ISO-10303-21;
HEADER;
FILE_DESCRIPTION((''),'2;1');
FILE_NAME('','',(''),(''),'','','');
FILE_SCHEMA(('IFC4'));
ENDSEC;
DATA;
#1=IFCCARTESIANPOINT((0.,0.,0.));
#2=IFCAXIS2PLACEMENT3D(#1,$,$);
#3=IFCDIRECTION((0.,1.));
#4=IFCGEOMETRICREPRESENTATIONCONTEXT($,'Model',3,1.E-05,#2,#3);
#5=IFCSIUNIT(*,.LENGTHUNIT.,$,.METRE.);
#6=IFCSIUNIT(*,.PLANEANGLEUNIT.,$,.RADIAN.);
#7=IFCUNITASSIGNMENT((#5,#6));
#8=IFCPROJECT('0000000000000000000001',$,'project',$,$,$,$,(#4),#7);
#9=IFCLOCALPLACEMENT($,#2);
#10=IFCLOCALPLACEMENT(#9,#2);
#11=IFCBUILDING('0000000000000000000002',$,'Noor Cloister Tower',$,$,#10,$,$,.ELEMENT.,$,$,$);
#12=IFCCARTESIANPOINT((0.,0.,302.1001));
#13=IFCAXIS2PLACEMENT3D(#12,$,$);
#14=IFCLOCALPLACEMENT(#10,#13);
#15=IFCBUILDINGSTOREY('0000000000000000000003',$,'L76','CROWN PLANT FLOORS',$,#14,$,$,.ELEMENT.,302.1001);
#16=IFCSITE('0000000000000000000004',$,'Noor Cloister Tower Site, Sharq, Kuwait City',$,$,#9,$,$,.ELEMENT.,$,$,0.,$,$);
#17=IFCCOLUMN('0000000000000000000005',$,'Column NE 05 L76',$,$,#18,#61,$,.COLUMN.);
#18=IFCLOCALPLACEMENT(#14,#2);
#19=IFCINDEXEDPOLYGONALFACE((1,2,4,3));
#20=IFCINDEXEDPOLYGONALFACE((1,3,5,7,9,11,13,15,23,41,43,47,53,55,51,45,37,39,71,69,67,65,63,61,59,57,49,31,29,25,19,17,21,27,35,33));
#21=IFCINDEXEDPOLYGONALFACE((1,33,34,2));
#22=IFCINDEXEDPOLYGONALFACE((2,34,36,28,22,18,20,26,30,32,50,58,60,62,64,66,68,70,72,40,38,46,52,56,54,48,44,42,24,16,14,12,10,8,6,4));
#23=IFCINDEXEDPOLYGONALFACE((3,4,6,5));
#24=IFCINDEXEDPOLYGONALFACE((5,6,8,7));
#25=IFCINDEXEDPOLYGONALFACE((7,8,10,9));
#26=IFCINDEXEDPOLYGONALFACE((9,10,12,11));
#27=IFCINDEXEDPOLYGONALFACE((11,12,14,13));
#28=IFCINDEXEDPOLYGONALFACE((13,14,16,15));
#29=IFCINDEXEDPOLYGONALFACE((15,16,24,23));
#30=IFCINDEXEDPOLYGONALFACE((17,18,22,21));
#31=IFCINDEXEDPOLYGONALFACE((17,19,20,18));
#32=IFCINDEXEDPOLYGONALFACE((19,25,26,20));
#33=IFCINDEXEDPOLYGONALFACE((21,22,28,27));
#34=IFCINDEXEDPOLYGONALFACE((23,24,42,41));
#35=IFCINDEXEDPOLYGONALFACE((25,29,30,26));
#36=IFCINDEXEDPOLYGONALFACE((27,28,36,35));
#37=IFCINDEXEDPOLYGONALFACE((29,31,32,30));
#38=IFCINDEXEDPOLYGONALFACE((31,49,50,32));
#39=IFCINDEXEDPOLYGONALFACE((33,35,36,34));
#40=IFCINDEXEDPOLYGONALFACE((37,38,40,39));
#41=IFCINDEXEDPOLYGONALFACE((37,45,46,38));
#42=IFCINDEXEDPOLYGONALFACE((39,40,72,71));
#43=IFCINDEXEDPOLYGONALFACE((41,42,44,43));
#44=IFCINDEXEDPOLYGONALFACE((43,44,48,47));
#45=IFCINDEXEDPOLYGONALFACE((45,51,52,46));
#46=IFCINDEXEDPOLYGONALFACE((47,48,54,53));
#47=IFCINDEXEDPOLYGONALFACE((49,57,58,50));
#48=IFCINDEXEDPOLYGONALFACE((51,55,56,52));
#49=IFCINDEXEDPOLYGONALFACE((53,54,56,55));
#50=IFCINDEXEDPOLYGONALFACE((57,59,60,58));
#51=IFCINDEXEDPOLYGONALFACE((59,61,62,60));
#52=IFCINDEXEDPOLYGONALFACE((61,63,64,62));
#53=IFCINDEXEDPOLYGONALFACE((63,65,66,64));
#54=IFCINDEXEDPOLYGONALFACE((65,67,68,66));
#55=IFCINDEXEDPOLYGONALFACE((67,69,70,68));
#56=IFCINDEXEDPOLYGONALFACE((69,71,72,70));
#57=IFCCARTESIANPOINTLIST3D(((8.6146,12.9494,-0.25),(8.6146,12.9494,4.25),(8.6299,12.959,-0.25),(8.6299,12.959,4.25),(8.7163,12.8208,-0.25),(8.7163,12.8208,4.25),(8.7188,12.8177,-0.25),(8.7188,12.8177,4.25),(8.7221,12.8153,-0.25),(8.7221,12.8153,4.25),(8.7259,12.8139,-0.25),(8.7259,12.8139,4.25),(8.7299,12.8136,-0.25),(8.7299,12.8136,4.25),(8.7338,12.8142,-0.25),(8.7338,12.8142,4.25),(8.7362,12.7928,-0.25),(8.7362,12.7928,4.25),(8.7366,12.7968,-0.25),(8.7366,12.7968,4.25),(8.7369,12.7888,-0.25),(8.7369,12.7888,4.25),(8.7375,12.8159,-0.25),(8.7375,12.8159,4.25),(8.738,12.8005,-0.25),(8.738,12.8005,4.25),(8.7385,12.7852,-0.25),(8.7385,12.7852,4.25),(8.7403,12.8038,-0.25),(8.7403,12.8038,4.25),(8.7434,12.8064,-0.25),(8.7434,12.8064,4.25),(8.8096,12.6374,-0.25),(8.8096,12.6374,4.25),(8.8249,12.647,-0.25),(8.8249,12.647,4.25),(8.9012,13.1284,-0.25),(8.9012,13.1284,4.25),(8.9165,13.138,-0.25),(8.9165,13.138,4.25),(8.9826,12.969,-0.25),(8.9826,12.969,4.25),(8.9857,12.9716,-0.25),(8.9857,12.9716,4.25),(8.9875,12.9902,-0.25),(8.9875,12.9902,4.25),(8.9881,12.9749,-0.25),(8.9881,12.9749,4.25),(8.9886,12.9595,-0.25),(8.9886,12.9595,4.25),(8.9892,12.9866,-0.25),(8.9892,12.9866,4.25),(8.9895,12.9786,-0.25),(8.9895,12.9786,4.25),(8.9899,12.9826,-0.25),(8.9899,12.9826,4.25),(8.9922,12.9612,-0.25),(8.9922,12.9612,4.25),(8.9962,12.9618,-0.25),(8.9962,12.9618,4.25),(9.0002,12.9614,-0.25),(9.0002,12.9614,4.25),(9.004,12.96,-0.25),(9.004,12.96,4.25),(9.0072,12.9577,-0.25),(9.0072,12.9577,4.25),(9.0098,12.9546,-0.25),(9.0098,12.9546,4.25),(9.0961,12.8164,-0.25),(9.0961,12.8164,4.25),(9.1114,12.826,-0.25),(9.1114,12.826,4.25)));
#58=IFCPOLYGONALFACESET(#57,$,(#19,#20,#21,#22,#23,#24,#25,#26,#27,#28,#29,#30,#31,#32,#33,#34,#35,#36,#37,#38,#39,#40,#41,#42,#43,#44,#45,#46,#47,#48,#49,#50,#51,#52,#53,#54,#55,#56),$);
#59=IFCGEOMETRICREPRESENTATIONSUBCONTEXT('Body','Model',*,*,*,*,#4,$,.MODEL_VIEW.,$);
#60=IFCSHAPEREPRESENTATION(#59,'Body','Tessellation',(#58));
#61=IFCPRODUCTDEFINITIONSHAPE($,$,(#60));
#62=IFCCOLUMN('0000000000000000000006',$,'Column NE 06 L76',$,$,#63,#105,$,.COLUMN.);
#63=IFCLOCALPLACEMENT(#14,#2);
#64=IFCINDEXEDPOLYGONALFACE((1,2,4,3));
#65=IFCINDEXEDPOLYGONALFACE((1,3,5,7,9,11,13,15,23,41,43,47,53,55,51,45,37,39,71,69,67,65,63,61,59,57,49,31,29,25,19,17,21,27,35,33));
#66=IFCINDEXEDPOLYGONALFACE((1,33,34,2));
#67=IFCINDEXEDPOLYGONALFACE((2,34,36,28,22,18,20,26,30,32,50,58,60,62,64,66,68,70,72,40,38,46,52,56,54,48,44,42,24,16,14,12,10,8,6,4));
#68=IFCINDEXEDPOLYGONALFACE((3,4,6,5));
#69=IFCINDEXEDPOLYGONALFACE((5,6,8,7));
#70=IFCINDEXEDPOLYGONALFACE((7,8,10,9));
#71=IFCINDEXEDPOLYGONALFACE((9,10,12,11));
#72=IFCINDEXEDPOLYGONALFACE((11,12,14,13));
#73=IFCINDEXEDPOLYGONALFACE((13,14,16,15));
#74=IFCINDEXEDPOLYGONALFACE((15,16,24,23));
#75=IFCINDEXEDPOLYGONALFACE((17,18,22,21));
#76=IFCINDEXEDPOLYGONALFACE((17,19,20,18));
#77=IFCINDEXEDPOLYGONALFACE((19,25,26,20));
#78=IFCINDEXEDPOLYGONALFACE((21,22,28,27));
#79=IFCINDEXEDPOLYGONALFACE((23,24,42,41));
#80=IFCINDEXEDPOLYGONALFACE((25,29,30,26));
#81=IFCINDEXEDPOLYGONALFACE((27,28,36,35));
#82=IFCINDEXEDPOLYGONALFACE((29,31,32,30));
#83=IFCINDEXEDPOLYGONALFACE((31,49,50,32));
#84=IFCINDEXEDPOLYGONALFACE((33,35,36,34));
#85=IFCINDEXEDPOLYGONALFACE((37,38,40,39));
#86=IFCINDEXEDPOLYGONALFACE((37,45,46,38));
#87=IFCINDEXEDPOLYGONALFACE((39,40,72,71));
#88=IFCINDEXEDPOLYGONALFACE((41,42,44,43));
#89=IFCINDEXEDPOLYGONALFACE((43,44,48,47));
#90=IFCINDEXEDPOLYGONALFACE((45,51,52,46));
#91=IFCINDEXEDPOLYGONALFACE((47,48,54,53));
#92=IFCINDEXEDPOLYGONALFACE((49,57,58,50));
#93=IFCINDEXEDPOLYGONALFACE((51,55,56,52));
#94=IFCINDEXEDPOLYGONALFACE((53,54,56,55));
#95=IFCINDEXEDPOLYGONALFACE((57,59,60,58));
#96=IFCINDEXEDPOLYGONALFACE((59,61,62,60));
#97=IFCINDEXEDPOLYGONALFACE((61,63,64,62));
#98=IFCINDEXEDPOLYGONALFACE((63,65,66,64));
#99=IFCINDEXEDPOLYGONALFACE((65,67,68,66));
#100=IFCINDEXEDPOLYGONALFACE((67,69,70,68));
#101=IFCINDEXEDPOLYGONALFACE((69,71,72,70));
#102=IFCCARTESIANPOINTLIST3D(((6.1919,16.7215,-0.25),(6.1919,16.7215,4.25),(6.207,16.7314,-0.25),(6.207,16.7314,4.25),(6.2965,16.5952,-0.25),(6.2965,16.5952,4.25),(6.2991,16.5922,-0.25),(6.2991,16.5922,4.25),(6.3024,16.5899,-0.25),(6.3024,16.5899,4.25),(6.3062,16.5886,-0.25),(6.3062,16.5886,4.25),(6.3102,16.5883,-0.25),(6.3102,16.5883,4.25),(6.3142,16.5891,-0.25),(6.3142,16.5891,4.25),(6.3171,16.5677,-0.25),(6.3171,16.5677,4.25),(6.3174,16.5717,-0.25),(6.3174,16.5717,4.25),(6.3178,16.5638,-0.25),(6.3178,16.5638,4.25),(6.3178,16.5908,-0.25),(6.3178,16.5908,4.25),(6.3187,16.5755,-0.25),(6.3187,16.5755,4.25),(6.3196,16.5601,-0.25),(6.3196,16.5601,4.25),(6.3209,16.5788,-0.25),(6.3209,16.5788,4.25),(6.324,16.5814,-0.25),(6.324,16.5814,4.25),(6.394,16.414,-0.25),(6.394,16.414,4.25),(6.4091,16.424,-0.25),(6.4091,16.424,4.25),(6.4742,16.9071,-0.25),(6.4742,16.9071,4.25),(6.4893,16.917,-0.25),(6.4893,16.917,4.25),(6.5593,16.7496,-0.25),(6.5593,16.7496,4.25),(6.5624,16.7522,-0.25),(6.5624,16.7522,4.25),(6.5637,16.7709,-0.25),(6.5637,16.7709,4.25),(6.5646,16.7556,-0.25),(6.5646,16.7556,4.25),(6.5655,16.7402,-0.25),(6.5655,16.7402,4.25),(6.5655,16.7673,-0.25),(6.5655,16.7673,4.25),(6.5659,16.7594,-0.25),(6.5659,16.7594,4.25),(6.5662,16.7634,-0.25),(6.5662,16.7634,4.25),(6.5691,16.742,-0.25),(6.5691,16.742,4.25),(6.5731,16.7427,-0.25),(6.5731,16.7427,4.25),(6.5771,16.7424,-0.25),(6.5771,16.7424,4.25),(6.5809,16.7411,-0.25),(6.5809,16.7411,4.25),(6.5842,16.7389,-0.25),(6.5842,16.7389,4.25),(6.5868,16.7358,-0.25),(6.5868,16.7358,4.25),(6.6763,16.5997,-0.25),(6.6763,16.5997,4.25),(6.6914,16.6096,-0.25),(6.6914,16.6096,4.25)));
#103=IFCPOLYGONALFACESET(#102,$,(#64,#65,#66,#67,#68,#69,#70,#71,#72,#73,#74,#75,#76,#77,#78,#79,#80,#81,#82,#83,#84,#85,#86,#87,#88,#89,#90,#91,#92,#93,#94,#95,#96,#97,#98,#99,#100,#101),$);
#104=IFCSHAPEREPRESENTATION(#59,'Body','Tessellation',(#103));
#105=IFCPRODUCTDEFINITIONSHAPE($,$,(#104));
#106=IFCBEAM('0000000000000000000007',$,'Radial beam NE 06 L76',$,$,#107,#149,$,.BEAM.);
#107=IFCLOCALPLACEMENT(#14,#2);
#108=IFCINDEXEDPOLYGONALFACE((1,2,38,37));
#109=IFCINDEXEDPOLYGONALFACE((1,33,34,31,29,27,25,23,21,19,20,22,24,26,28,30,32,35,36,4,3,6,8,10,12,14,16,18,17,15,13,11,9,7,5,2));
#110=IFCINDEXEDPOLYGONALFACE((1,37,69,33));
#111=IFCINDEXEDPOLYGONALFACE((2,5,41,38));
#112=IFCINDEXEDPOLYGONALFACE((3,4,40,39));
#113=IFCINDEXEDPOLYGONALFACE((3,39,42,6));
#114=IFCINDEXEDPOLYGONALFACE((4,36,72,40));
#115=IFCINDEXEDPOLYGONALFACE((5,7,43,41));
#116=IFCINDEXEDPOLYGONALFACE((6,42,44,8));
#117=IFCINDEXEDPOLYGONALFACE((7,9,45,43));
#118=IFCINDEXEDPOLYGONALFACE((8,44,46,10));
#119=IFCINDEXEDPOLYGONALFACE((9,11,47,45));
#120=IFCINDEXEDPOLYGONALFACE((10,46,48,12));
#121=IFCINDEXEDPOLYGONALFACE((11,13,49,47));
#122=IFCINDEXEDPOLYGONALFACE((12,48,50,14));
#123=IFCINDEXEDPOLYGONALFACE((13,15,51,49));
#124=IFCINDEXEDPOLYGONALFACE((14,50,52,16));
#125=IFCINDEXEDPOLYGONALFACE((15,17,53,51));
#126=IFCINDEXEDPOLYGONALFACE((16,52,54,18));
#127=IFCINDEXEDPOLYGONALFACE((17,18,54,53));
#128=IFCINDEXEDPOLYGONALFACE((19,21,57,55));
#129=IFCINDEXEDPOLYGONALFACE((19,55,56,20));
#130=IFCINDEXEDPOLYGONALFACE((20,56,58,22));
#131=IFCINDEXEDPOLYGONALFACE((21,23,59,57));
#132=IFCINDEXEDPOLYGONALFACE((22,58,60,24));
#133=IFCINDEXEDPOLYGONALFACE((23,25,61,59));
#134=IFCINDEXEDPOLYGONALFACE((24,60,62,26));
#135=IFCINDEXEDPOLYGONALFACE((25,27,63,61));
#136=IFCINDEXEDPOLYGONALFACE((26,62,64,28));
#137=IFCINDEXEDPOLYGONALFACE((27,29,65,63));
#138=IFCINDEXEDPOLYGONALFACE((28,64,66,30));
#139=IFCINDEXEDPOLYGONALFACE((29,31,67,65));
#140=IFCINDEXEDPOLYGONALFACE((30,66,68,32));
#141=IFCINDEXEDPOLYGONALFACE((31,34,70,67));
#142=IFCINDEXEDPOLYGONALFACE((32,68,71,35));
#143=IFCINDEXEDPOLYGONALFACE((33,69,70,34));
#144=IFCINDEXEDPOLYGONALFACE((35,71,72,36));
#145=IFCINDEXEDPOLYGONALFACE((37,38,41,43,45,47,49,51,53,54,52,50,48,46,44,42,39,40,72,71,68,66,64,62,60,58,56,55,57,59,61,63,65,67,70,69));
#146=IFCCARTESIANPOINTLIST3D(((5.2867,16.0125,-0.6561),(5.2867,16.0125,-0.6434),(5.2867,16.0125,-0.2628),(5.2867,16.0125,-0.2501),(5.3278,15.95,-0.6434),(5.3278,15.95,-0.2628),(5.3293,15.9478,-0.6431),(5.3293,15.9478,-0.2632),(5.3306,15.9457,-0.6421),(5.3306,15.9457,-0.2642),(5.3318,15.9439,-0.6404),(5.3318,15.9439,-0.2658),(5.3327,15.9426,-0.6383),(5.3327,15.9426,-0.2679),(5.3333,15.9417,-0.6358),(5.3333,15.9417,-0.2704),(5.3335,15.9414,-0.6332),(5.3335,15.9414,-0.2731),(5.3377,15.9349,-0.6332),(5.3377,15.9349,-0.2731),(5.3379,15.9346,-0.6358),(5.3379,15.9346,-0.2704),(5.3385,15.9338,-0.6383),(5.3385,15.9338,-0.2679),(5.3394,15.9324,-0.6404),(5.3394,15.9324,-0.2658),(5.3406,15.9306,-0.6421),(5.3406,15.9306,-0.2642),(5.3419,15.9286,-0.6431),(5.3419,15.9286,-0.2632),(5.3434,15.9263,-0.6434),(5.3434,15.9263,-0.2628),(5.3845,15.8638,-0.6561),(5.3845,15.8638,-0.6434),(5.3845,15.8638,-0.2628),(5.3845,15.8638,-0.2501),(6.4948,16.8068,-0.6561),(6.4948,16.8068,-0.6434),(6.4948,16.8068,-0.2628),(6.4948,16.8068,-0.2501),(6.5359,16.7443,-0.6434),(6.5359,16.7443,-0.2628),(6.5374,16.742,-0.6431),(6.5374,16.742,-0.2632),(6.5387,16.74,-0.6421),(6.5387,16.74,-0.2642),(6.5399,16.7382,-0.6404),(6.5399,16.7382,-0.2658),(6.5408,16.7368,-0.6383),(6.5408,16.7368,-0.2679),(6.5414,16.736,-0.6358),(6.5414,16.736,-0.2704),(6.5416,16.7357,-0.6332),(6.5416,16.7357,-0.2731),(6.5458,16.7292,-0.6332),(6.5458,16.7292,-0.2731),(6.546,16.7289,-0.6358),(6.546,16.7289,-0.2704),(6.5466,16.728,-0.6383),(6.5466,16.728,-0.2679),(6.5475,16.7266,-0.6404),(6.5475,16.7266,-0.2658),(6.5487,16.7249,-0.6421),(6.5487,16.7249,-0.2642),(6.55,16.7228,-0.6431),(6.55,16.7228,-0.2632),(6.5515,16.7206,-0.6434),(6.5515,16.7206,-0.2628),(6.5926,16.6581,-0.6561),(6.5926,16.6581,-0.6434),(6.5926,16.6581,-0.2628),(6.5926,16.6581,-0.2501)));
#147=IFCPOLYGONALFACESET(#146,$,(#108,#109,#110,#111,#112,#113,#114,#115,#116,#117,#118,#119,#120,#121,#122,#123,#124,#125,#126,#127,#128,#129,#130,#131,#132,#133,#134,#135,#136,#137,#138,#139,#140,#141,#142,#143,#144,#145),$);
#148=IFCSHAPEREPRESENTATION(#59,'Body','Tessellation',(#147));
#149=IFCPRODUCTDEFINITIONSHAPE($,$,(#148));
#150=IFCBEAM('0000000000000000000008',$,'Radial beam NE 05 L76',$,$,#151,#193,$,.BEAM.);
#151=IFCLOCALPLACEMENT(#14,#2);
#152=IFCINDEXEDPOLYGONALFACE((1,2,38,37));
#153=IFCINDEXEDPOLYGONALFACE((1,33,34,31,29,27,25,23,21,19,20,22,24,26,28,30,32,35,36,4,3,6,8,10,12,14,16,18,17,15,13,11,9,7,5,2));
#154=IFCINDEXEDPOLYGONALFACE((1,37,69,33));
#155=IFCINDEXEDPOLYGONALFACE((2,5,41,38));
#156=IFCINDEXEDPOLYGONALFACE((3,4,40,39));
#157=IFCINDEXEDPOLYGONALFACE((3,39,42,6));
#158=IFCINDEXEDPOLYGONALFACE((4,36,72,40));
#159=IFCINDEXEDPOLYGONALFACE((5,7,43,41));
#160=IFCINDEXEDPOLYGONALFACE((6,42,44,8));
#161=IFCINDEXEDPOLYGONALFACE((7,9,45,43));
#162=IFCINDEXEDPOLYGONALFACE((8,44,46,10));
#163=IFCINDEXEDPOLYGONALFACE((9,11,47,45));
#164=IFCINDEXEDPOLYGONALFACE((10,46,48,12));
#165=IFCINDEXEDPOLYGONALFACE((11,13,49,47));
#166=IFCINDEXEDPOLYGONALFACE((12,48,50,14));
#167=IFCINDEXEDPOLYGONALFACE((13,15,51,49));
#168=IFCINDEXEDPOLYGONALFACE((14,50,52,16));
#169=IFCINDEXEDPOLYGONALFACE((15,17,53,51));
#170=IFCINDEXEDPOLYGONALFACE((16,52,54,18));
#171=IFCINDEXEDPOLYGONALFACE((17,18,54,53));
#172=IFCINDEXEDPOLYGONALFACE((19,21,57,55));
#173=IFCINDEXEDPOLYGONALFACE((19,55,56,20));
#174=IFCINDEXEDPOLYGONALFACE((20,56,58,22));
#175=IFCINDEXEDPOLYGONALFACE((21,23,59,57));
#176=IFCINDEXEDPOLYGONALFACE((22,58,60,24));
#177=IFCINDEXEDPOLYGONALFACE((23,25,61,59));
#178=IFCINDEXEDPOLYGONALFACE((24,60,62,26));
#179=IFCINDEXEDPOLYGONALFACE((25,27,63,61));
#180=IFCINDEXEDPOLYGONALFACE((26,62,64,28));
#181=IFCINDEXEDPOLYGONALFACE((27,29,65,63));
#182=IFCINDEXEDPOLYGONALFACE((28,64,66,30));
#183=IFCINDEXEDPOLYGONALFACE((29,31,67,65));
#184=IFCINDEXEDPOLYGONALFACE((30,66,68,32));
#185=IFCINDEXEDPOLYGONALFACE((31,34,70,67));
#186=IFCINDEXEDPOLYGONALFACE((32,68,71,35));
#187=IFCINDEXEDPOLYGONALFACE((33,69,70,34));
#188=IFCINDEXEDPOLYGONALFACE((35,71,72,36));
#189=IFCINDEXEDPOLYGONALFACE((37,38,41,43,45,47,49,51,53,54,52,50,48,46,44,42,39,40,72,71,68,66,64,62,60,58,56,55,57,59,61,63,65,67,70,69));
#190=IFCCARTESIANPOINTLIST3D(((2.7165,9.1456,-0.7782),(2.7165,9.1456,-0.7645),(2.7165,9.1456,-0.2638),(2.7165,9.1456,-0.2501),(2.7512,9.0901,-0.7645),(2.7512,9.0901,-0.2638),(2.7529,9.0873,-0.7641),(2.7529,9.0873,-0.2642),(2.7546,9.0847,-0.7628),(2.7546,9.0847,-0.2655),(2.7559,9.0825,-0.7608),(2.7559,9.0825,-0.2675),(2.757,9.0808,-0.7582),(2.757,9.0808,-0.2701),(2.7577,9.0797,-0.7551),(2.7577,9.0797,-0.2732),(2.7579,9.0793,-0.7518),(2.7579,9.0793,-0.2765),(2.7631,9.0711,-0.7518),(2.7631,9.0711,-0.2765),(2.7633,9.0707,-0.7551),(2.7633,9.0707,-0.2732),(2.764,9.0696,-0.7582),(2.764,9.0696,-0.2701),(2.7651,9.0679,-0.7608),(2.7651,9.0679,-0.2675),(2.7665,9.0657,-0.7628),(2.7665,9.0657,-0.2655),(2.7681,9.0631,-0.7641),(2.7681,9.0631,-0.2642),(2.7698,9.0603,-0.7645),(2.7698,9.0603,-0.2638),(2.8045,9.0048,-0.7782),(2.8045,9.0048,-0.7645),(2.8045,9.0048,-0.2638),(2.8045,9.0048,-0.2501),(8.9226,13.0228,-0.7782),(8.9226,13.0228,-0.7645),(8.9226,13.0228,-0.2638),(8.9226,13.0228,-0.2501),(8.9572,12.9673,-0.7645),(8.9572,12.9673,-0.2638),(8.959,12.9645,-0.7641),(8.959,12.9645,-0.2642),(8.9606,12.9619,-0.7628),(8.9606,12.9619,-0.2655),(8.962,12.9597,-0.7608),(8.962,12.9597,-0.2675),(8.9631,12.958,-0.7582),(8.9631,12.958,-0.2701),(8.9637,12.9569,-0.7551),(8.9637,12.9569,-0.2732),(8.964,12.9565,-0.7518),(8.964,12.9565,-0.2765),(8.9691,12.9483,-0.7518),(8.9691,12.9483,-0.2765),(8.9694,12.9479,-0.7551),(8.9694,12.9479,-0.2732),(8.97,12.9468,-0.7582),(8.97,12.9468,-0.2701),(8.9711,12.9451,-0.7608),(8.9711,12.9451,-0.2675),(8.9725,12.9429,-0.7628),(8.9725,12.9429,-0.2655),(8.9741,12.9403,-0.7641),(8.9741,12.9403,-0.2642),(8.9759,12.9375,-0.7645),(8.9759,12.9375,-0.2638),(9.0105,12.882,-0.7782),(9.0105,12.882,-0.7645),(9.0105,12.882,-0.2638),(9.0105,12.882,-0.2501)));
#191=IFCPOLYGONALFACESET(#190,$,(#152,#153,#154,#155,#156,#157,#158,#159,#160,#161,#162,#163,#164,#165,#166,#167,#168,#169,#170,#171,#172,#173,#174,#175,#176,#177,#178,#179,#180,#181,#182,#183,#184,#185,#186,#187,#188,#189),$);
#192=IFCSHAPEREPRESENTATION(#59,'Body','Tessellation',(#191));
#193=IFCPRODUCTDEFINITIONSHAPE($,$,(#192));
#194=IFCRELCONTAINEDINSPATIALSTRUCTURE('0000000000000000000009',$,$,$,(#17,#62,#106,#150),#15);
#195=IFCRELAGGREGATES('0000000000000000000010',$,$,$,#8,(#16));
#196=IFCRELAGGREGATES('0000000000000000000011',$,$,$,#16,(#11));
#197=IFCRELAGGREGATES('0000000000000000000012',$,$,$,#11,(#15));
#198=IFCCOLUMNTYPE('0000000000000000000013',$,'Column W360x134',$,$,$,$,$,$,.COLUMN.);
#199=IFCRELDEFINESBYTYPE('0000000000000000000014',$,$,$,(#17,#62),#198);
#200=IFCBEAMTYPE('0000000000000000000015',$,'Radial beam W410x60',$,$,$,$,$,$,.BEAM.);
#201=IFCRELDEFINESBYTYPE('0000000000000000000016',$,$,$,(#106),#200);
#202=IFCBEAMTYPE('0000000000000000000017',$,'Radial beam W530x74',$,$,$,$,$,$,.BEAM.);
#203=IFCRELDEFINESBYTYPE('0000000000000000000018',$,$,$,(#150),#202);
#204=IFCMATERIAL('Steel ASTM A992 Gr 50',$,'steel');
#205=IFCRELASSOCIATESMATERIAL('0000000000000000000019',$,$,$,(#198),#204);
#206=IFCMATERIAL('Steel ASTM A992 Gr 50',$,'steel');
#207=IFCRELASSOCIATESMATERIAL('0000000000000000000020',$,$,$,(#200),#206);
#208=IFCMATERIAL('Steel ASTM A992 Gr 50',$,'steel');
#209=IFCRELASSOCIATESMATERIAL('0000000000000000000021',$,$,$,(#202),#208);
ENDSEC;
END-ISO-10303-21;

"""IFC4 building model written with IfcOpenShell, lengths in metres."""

from ifc_helpers import new_model, si_unit, direction, frame, origin, origin_2d, place, context, subcontext, project, spatial, i_section, extrude, material, material_profile, profile_set, type_object, element, save


model = new_model("IFC4")

# Units and contexts
model_context = context("Model", 3, precision=1e-05, world=origin(), true_north=direction((0.0, 1.0)))
body_context = subcontext(model_context, "Body", "Model", "MODEL_VIEW")
ifc_project = project(units=[si_unit("LENGTHUNIT", "METRE"), si_unit("PLANEANGLEUNIT", "RADIAN")], contexts=[model_context])

# Site, building, storey
site_placement = place(None, origin())
site = spatial("IfcSite", under=ifc_project, at=site_placement, Name="Noor Cloister Tower Site, Sharq, Kuwait City", CompositionType="ELEMENT", RefElevation=0.0)
building_placement = place(site_placement, origin())
building = spatial("IfcBuilding", under=site, at=building_placement, Name="Noor Cloister Tower", CompositionType="ELEMENT")
storey_placement = place(building_placement, frame((0.0, 0.0, 302.1001)))
storey = spatial("IfcBuildingStorey", under=building, at=storey_placement, Name="L76", Description="CROWN PLANT FLOORS", CompositionType="ELEMENT", Elevation=302.1001)

# Columns
ifc_material_1 = material(Name="Steel ASTM A992 Gr 50", Category="steel")
ifc_material_profile_1 = material_profile(ifc_material_1, i_section(OverallWidth=0.3679, OverallDepth=0.356, WebThickness=0.0112, FlangeThickness=0.0181, FilletRadius=0.0154, at=origin_2d()), Name="W360x134")
ifc_profile_set_1 = profile_set([ifc_material_profile_1], Name="Steel ASTM A992 Gr 50")
column_type = type_object("IfcColumnType", Name="Column W360x134", PredefinedType="COLUMN", material=ifc_profile_set_1)
for number, where, z_axis, x_axis, name in (
    (1, (8.863, 12.8877, -0.25), (0.0, 0.0, 1.0), (-0.529819, 0.848111, 0.0), "Column NE 05 L76"),
    (2, (6.4417, 16.6655, -0.25), (0.0, 0.0, 1.0), (-0.549345, 0.835596, 0.0), "Column NE 06 L76"),
):
    element("IfcColumn", number, at=place(storey_placement, frame(where, z_axis=z_axis, x_axis=x_axis)), inside=storey, type_object=column_type, Name=name, PredefinedType="COLUMN", context=body_context, shape_type="SweptSolid", body=[
        extrude(i_section(OverallWidth=0.3679, OverallDepth=0.356, WebThickness=0.0112, FlangeThickness=0.0181, FilletRadius=0.0154, at=origin_2d()), origin(), (0.0, 0.0, 1.0), 4.5),
    ])

# Beams
ifc_material_2 = material(Name="Steel ASTM A992 Gr 50", Category="steel")
ifc_material_profile_2 = material_profile(ifc_material_2, i_section(OverallWidth=0.178, OverallDepth=0.406, WebThickness=0.0078, FlangeThickness=0.0127, FilletRadius=0.0103, at=origin_2d()), Name="W410x60")
ifc_profile_set_2 = profile_set([ifc_material_profile_2], Name="Steel ASTM A992 Gr 50")
beam_type_1 = type_object("IfcBeamType", Name="Radial beam W410x60", PredefinedType="BEAM", material=ifc_profile_set_2)
beam_1_placement = place(storey_placement, frame((6.5437, 16.7324, -0.4531), z_axis=(-0.835593, -0.54935, 0.0), x_axis=(0.54935, -0.835593, 0.0)))
element("IfcBeam", 3, at=beam_1_placement, inside=storey, type_object=beam_type_1, Name="Radial beam NE 06 L76", PredefinedType="BEAM", context=body_context, shape_type="SweptSolid", body=[
    extrude(i_section(OverallWidth=0.178, OverallDepth=0.406, WebThickness=0.0078, FlangeThickness=0.0127, FilletRadius=0.0103, at=origin_2d()), origin(), (0.0, 0.0, 1.0), 1.4458),
])
ifc_material_3 = material(Name="Steel ASTM A992 Gr 50", Category="steel")
ifc_material_profile_3 = material_profile(ifc_material_3, i_section(OverallWidth=0.166, OverallDepth=0.5281, WebThickness=0.0098, FlangeThickness=0.0137, FilletRadius=0.0127, at=origin_2d()), Name="W530x74")
ifc_profile_set_3 = profile_set([ifc_material_profile_3], Name="Steel ASTM A992 Gr 50")
beam_type_2 = type_object("IfcBeamType", Name="Radial beam W530x74", PredefinedType="BEAM", material=ifc_profile_set_3)
beam_2_placement = place(storey_placement, frame((8.9666, 12.9524, -0.5142), z_axis=(-0.848096, -0.529843, 0.0), x_axis=(0.529843, -0.848096, 0.0)))
element("IfcBeam", 4, at=beam_2_placement, inside=storey, type_object=beam_type_2, Name="Radial beam NE 05 L76", PredefinedType="BEAM", context=body_context, shape_type="SweptSolid", body=[
    extrude(i_section(OverallWidth=0.166, OverallDepth=0.5281, WebThickness=0.0098, FlangeThickness=0.0137, FilletRadius=0.0127, at=origin_2d()), origin(), (0.0, 0.0, 1.0), 7.3176),
])

save(model, "model.ifc")
